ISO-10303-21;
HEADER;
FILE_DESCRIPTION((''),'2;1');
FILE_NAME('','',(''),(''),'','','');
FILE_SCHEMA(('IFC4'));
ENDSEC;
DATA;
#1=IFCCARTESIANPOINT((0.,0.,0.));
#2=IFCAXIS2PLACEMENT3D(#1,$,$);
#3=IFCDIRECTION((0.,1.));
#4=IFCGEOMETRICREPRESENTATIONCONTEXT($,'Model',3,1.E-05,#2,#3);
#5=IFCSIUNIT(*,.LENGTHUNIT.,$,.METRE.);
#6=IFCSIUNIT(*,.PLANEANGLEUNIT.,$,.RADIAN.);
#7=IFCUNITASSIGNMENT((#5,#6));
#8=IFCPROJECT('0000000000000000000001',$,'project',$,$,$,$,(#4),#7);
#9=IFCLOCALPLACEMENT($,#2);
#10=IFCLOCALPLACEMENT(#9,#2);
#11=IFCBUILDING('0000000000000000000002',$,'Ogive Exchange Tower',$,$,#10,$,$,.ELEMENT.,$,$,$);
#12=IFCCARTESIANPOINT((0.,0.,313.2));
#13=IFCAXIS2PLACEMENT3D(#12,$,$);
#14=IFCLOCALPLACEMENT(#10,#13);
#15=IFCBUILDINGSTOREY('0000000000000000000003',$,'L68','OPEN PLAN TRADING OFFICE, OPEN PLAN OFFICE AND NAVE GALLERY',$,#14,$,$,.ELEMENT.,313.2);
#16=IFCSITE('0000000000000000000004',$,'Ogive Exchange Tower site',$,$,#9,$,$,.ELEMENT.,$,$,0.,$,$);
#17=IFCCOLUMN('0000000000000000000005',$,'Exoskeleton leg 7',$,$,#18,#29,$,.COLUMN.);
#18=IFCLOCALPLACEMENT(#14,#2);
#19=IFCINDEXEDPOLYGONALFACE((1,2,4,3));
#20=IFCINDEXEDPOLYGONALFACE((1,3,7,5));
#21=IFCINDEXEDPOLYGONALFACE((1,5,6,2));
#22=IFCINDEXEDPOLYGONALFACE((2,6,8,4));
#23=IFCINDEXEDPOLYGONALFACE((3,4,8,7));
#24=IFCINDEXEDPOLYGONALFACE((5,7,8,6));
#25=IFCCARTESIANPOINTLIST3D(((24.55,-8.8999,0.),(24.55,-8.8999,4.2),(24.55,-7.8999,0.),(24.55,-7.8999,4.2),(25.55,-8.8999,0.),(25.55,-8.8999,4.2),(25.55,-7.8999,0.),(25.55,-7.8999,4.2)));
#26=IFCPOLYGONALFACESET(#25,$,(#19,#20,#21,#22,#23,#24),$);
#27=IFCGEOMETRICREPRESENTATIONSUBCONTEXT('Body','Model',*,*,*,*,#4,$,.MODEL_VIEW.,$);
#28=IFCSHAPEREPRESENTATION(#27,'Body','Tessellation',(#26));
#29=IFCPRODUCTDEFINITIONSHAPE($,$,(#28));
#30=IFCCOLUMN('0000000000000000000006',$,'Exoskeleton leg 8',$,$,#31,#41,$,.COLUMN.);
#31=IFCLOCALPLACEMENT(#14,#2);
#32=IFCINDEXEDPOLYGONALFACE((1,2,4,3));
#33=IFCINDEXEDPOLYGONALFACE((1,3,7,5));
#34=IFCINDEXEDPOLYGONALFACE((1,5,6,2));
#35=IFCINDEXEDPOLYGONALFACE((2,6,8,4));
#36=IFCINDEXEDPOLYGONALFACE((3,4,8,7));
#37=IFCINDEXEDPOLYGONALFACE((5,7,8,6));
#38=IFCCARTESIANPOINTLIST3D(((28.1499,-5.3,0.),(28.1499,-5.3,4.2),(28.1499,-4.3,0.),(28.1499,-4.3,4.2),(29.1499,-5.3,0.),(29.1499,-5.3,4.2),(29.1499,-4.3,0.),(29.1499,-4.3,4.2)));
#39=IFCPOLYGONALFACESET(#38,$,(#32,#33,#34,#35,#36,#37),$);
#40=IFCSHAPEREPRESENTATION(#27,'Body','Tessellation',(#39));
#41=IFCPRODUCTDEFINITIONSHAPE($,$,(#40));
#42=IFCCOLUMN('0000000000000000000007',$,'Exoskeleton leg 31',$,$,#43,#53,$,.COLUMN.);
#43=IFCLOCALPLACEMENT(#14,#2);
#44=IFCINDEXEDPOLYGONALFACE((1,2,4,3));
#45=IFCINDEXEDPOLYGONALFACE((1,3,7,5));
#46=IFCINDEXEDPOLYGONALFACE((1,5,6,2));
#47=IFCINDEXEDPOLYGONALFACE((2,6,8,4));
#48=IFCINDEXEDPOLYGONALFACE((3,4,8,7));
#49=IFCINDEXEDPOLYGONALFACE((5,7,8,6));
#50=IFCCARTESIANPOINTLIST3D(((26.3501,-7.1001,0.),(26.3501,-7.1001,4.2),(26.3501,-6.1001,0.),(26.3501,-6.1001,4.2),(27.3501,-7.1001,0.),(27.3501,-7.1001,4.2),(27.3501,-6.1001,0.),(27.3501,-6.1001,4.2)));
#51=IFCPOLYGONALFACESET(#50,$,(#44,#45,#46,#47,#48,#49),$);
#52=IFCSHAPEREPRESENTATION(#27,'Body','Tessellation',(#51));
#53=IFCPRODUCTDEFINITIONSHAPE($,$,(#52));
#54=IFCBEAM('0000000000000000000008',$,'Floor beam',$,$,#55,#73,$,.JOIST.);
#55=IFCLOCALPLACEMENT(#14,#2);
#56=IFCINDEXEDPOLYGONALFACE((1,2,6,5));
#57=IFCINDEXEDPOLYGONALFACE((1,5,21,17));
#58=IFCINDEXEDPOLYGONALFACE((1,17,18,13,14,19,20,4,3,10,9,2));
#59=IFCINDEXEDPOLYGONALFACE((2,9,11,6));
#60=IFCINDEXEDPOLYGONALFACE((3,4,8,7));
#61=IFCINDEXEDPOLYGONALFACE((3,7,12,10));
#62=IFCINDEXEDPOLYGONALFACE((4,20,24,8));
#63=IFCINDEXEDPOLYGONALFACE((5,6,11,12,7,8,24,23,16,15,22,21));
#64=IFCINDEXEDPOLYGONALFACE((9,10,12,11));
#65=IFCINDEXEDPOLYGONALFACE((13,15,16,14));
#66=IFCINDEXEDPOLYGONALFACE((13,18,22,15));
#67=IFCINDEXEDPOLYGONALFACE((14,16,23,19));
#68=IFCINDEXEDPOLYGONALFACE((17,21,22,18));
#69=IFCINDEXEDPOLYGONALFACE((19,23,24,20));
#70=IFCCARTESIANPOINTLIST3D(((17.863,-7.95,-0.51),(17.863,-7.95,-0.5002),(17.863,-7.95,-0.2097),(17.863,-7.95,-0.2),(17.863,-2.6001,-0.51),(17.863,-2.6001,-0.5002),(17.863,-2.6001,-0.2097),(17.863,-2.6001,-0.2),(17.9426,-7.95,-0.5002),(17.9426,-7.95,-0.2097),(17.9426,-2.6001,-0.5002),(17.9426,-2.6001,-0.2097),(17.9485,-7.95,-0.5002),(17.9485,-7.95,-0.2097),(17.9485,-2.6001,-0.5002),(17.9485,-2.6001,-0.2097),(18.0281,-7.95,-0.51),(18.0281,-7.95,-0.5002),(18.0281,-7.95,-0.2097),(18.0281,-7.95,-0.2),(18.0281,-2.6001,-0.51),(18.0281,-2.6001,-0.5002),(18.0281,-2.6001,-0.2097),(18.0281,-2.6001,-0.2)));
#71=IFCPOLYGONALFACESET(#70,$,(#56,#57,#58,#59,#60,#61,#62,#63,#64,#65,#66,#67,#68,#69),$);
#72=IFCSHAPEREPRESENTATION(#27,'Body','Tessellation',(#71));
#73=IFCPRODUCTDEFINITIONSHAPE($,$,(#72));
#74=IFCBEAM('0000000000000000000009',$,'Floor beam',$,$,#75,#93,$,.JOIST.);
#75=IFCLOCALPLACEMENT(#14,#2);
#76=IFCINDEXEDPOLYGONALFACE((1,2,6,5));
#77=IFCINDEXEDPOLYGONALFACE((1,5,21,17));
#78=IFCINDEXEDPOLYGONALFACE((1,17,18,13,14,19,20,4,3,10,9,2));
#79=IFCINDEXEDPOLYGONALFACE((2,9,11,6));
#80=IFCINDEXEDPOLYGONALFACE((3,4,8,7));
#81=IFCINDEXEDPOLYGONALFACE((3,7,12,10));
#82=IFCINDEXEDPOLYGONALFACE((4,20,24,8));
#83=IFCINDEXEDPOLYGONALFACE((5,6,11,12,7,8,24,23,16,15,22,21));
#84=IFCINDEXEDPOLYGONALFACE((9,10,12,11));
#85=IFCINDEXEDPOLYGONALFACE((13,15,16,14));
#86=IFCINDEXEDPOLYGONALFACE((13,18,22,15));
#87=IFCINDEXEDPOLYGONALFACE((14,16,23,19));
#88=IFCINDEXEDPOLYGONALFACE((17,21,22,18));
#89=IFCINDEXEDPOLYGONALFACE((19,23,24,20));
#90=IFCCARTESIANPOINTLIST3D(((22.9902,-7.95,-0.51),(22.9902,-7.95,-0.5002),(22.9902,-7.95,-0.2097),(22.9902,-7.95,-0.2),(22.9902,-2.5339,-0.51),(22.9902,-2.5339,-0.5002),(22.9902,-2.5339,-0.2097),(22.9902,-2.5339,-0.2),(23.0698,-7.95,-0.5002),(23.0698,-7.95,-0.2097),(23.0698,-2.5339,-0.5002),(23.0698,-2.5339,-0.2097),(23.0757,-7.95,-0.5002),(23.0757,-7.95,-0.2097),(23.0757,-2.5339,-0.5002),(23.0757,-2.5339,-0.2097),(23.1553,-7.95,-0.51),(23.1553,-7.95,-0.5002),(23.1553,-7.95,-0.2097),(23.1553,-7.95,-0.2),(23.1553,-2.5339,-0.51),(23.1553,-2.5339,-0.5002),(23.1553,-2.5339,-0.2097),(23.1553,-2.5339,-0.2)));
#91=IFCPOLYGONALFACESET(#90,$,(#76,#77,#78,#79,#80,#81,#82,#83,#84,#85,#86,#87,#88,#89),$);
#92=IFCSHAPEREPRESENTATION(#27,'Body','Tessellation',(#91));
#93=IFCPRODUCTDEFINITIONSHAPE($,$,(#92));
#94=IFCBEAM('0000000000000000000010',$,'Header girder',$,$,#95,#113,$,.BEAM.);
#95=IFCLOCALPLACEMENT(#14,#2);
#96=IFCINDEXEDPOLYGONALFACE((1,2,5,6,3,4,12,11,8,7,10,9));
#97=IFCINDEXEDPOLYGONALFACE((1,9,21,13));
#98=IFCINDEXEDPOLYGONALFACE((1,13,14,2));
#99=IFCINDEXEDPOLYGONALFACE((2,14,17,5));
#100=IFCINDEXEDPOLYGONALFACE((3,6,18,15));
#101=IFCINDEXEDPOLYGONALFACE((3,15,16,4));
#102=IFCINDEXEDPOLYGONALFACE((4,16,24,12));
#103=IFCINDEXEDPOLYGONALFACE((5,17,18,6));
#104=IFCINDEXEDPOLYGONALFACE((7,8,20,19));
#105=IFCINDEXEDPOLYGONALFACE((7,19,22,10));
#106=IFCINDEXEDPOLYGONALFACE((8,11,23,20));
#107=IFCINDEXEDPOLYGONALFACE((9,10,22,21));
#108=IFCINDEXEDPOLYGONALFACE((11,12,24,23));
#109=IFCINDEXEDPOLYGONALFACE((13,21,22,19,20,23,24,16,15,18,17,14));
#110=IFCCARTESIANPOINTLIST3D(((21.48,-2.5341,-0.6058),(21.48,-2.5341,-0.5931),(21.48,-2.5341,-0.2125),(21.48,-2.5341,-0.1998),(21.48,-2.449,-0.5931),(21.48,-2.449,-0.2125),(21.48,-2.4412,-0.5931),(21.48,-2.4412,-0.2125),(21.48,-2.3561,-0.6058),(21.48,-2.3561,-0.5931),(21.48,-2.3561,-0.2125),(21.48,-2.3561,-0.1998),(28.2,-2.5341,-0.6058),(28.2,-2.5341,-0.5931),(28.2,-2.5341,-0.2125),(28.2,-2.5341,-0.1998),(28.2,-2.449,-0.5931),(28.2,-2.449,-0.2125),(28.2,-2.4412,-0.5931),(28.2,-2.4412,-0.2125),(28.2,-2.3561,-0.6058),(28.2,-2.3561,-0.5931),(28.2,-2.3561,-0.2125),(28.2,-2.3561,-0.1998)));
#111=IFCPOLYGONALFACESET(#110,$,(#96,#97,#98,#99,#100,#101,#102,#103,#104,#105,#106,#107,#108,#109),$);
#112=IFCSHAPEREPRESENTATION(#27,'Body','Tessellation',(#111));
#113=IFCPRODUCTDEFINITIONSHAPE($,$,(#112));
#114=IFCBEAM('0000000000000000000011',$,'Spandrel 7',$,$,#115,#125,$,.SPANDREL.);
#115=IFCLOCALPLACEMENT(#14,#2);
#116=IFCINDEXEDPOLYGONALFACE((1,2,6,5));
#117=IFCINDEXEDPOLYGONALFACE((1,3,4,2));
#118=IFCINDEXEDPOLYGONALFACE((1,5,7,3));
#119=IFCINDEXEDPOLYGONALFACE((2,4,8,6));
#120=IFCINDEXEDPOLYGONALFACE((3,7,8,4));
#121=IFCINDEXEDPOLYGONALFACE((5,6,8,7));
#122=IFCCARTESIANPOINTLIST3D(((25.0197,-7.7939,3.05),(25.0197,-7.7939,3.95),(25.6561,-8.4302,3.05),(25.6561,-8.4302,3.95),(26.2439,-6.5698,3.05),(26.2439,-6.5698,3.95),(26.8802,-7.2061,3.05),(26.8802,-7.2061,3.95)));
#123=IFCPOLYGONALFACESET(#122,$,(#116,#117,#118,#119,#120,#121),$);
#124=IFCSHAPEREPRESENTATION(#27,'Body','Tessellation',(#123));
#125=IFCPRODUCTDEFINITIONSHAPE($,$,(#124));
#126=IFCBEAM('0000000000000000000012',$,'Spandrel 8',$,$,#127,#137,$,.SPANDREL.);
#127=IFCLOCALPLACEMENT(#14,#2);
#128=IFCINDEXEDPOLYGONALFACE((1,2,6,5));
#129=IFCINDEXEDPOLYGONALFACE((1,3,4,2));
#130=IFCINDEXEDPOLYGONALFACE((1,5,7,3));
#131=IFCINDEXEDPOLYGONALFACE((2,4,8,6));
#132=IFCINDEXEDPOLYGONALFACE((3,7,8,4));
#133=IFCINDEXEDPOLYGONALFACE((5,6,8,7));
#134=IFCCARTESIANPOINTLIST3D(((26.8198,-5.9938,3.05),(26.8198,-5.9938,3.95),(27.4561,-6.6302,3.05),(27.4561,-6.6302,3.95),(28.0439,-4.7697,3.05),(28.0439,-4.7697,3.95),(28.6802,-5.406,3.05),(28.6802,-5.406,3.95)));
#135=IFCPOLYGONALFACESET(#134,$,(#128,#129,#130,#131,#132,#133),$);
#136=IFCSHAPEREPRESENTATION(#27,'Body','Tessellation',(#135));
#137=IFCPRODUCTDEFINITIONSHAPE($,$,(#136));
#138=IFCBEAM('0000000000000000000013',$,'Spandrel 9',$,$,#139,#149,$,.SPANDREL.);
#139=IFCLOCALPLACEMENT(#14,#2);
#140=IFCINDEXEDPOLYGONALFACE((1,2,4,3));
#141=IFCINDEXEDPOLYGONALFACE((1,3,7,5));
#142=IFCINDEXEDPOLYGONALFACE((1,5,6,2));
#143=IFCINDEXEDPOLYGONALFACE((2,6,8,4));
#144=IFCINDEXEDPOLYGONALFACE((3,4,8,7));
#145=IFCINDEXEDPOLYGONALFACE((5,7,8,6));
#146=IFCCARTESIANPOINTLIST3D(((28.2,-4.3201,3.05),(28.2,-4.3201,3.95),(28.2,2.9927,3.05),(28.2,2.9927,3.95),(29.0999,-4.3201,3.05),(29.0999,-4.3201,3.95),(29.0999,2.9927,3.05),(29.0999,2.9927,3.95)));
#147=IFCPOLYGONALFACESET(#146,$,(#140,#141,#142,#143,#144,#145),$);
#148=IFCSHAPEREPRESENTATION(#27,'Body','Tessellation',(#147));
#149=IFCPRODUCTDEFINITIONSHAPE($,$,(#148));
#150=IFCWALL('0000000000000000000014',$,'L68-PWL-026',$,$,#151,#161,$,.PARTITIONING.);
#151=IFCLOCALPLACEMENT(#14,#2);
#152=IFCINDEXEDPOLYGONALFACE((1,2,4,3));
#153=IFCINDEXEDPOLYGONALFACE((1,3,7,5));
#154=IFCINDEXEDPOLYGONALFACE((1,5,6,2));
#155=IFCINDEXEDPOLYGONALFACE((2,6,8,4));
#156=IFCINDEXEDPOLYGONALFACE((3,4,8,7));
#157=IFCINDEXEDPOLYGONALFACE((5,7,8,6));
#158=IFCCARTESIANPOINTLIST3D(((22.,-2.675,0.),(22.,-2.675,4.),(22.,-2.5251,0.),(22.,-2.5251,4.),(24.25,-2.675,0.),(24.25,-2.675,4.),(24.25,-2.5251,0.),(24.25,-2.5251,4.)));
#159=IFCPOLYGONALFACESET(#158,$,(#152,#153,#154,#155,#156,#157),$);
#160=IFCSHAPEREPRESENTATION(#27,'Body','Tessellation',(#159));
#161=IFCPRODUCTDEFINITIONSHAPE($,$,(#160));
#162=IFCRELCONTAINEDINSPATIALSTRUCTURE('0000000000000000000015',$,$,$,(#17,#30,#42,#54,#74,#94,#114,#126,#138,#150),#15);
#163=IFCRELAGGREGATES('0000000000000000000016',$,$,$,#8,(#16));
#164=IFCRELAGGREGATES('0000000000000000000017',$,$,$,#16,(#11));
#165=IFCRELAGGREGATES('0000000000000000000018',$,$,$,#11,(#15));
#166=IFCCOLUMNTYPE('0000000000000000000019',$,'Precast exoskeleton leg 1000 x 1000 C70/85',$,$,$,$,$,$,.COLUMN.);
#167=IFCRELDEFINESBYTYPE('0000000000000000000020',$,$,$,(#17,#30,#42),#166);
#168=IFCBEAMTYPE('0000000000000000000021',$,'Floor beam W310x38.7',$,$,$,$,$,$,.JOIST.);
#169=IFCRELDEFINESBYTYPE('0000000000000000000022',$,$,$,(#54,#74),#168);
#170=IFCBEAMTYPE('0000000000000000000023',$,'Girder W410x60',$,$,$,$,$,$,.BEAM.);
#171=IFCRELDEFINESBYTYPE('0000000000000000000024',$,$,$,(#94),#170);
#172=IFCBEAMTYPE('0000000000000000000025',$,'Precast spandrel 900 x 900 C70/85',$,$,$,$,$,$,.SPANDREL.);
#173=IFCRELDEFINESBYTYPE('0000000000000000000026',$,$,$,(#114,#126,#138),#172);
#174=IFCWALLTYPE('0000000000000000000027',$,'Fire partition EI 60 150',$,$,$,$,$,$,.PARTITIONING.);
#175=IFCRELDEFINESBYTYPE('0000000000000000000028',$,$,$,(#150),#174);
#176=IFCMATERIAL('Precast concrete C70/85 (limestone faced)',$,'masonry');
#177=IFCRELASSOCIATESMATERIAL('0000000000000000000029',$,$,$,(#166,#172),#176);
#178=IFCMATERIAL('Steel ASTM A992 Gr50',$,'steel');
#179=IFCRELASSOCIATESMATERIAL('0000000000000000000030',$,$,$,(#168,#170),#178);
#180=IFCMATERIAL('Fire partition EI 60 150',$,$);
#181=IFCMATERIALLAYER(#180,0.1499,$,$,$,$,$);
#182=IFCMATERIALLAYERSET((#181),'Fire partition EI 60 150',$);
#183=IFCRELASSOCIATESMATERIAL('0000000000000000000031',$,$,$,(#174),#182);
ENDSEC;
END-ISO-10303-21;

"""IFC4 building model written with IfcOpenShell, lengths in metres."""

from ifc_helpers import new_model, si_unit, direction, frame, frame_2d, origin, origin_2d, place, context, subcontext, project, spatial, rectangle, i_section, extrude, material, layer, layer_set, material_profile, profile_set, type_object, element, save


model = new_model("IFC4")

# Units and contexts
model_context = context("Model", 3, precision=1e-05, world=origin(), true_north=direction((0.0, 1.0)))
body_context = subcontext(model_context, "Body", "Model", "MODEL_VIEW")
ifc_project = project(units=[si_unit("LENGTHUNIT", "METRE"), si_unit("PLANEANGLEUNIT", "RADIAN")], contexts=[model_context])

# Site, building, storey
site_placement = place(None, origin())
site = spatial("IfcSite", under=ifc_project, at=site_placement, Name="Ogive Exchange Tower site", CompositionType="ELEMENT", RefElevation=0.0)
building_placement = place(site_placement, origin())
building = spatial("IfcBuilding", under=site, at=building_placement, Name="Ogive Exchange Tower", CompositionType="ELEMENT")
storey_placement = place(building_placement, frame((0.0, 0.0, 313.2)))
storey = spatial("IfcBuildingStorey", under=building, at=storey_placement, Name="L68", Description="OPEN PLAN TRADING OFFICE, OPEN PLAN OFFICE AND NAVE GALLERY", CompositionType="ELEMENT", Elevation=313.2)

# Columns
ifc_material_1 = material(Name="Precast concrete C70/85 (limestone faced)", Category="masonry")
ifc_material_profile_1 = material_profile(ifc_material_1, rectangle(XDim=1.0, YDim=1.0, at=origin_2d()), Name="1000 x 1000")
ifc_profile_set_1 = profile_set([ifc_material_profile_1], Name="Precast concrete C70/85 (limestone faced)")
column_type = type_object("IfcColumnType", Name="Precast exoskeleton leg 1000 x 1000 C70/85", PredefinedType="COLUMN", material=ifc_profile_set_1)
for number, where, z_axis, x_axis, name in (
    (1, (25.05, -8.3999, 0.0), (0.0, 0.0, 1.0), (1.0, 0.0, 0.0), "Exoskeleton leg 7"),
    (2, (28.6499, -4.8, 0.0), (0.0, 0.0, 1.0), (1.0, 0.0, 0.0), "Exoskeleton leg 8"),
    (3, (26.8501, -6.6001, 0.0), (0.0, 0.0, 1.0), (1.0, 0.0, 0.0), "Exoskeleton leg 31"),
):
    element("IfcColumn", number, at=place(storey_placement, frame(where, z_axis=z_axis, x_axis=x_axis)), inside=storey, type_object=column_type, Name=name, PredefinedType="COLUMN", context=body_context, shape_type="SweptSolid", body=[
        extrude(rectangle(XDim=1.0, YDim=1.0, at=origin_2d()), origin(), (0.0, 0.0, 1.0), 4.2),
    ])

# Beams
ifc_material_2 = material(Name="Steel ASTM A992 Gr50", Category="steel")
ifc_material_profile_2 = material_profile(ifc_material_2, i_section(OverallWidth=0.165, OverallDepth=0.3101, WebThickness=0.0059, FlangeThickness=0.0098, at=origin_2d()), Name="W310x38.7")
ifc_profile_set_2 = profile_set([ifc_material_profile_2], Name="Steel ASTM A992 Gr50")
beam_type_1 = type_object("IfcBeamType", Name="Floor beam W310x38.7", PredefinedType="JOIST", material=ifc_profile_set_2)
beam_1_placement = place(storey_placement, frame((17.9456, -7.95, -0.355), z_axis=(0.0, 1.0, 0.0), x_axis=(-1.0, 0.0, 0.0)))
element("IfcBeam", 4, at=beam_1_placement, inside=storey, type_object=beam_type_1, Name="Floor beam", PredefinedType="JOIST", context=body_context, shape_type="SweptSolid", body=[
    extrude(i_section(OverallWidth=0.165, OverallDepth=0.3101, WebThickness=0.0059, FlangeThickness=0.0098, at=origin_2d()), origin(), (0.0, 0.0, 1.0), 5.3499),
])
beam_2_placement = place(storey_placement, frame((23.0728, -7.95, -0.355), z_axis=(0.0, 1.0, 0.0), x_axis=(-1.0, 0.0, 0.0)))
element("IfcBeam", 5, at=beam_2_placement, inside=storey, type_object=beam_type_1, Name="Floor beam", PredefinedType="JOIST", context=body_context, shape_type="SweptSolid", body=[
    extrude(i_section(OverallWidth=0.165, OverallDepth=0.3101, WebThickness=0.0059, FlangeThickness=0.0098, at=origin_2d()), origin(), (0.0, 0.0, 1.0), 5.416),
])
ifc_material_profile_3 = material_profile(ifc_material_2, i_section(OverallWidth=0.178, OverallDepth=0.406, WebThickness=0.0078, FlangeThickness=0.0127, at=origin_2d()), Name="W410x60")
ifc_profile_set_3 = profile_set([ifc_material_profile_3], Name="Steel ASTM A992 Gr50")
beam_type_2 = type_object("IfcBeamType", Name="Girder W410x60", PredefinedType="BEAM", material=ifc_profile_set_3)
beam_3_placement = place(storey_placement, frame((21.48, -2.4451, -0.4028), z_axis=(1.0, 0.0, 0.0), x_axis=(0.0, 1.0, 0.0)))
element("IfcBeam", 6, at=beam_3_placement, inside=storey, type_object=beam_type_2, Name="Header girder", PredefinedType="BEAM", context=body_context, shape_type="SweptSolid", body=[
    extrude(i_section(OverallWidth=0.178, OverallDepth=0.406, WebThickness=0.0078, FlangeThickness=0.0127, at=origin_2d()), origin(), (0.0, 0.0, 1.0), 6.72),
])
ifc_material_profile_4 = material_profile(ifc_material_1, rectangle(XDim=0.8999, YDim=0.8999, at=origin_2d()), Name="900 x 900")
ifc_profile_set_4 = profile_set([ifc_material_profile_4], Name="Precast concrete C70/85 (limestone faced)")
beam_type_3 = type_object("IfcBeamType", Name="Precast spandrel 900 x 900 C70/85", PredefinedType="SPANDREL", material=ifc_profile_set_4)
for number, where, z_axis, x_axis, name in (
    (7, (25.3379, -8.1121, 3.5), (0.707107, 0.707107, 0.0), (-0.707107, 0.707107, 0.0), "Spandrel 7"),
    (8, (27.1379, -6.312, 3.5), (0.707107, 0.707107, 0.0), (-0.707107, 0.707107, 0.0), "Spandrel 8"),
):
    element("IfcBeam", number, at=place(storey_placement, frame(where, z_axis=z_axis, x_axis=x_axis)), inside=storey, type_object=beam_type_3, Name=name, PredefinedType="SPANDREL", context=body_context, shape_type="SweptSolid", body=[
        extrude(rectangle(XDim=0.8999, YDim=0.8999, at=origin_2d()), origin(), (0.0, 0.0, 1.0), 1.7312),
    ])
beam_4_placement = place(storey_placement, frame((28.6499, -4.3201, 3.5), z_axis=(0.0, 1.0, 0.0), x_axis=(-1.0, 0.0, 0.0)))
element("IfcBeam", 9, at=beam_4_placement, inside=storey, type_object=beam_type_3, Name="Spandrel 9", PredefinedType="SPANDREL", context=body_context, shape_type="SweptSolid", body=[
    extrude(rectangle(XDim=0.8999, YDim=0.8999, at=origin_2d()), origin(), (0.0, 0.0, 1.0), 7.3127),
])

# Wall
ifc_material_3 = material(Name="Fire partition EI 60 150")
ifc_layer_1 = layer(ifc_material_3, 0.1499)
ifc_layer_set_1 = layer_set([ifc_layer_1], Name="Fire partition EI 60 150")
wall_type_1 = type_object("IfcWallType", Name="Fire partition EI 60 150", PredefinedType="PARTITIONING", material=ifc_layer_set_1)
wall_1_placement = place(storey_placement, frame((22.0, -2.6001, 0.0), z_axis=(0.0, 0.0, 1.0), x_axis=(1.0, 0.0, 0.0)))
element("IfcWall", 10, at=wall_1_placement, inside=storey, type_object=wall_type_1, Name="L68-PWL-026", PredefinedType="PARTITIONING", context=body_context, shape_type="SweptSolid", body=[
    extrude(rectangle(XDim=2.25, YDim=0.1499, at=frame_2d((1.125, 0.0))), origin(), (0.0, 0.0, 1.0), 4.0),
])

save(model, "model.ifc")
